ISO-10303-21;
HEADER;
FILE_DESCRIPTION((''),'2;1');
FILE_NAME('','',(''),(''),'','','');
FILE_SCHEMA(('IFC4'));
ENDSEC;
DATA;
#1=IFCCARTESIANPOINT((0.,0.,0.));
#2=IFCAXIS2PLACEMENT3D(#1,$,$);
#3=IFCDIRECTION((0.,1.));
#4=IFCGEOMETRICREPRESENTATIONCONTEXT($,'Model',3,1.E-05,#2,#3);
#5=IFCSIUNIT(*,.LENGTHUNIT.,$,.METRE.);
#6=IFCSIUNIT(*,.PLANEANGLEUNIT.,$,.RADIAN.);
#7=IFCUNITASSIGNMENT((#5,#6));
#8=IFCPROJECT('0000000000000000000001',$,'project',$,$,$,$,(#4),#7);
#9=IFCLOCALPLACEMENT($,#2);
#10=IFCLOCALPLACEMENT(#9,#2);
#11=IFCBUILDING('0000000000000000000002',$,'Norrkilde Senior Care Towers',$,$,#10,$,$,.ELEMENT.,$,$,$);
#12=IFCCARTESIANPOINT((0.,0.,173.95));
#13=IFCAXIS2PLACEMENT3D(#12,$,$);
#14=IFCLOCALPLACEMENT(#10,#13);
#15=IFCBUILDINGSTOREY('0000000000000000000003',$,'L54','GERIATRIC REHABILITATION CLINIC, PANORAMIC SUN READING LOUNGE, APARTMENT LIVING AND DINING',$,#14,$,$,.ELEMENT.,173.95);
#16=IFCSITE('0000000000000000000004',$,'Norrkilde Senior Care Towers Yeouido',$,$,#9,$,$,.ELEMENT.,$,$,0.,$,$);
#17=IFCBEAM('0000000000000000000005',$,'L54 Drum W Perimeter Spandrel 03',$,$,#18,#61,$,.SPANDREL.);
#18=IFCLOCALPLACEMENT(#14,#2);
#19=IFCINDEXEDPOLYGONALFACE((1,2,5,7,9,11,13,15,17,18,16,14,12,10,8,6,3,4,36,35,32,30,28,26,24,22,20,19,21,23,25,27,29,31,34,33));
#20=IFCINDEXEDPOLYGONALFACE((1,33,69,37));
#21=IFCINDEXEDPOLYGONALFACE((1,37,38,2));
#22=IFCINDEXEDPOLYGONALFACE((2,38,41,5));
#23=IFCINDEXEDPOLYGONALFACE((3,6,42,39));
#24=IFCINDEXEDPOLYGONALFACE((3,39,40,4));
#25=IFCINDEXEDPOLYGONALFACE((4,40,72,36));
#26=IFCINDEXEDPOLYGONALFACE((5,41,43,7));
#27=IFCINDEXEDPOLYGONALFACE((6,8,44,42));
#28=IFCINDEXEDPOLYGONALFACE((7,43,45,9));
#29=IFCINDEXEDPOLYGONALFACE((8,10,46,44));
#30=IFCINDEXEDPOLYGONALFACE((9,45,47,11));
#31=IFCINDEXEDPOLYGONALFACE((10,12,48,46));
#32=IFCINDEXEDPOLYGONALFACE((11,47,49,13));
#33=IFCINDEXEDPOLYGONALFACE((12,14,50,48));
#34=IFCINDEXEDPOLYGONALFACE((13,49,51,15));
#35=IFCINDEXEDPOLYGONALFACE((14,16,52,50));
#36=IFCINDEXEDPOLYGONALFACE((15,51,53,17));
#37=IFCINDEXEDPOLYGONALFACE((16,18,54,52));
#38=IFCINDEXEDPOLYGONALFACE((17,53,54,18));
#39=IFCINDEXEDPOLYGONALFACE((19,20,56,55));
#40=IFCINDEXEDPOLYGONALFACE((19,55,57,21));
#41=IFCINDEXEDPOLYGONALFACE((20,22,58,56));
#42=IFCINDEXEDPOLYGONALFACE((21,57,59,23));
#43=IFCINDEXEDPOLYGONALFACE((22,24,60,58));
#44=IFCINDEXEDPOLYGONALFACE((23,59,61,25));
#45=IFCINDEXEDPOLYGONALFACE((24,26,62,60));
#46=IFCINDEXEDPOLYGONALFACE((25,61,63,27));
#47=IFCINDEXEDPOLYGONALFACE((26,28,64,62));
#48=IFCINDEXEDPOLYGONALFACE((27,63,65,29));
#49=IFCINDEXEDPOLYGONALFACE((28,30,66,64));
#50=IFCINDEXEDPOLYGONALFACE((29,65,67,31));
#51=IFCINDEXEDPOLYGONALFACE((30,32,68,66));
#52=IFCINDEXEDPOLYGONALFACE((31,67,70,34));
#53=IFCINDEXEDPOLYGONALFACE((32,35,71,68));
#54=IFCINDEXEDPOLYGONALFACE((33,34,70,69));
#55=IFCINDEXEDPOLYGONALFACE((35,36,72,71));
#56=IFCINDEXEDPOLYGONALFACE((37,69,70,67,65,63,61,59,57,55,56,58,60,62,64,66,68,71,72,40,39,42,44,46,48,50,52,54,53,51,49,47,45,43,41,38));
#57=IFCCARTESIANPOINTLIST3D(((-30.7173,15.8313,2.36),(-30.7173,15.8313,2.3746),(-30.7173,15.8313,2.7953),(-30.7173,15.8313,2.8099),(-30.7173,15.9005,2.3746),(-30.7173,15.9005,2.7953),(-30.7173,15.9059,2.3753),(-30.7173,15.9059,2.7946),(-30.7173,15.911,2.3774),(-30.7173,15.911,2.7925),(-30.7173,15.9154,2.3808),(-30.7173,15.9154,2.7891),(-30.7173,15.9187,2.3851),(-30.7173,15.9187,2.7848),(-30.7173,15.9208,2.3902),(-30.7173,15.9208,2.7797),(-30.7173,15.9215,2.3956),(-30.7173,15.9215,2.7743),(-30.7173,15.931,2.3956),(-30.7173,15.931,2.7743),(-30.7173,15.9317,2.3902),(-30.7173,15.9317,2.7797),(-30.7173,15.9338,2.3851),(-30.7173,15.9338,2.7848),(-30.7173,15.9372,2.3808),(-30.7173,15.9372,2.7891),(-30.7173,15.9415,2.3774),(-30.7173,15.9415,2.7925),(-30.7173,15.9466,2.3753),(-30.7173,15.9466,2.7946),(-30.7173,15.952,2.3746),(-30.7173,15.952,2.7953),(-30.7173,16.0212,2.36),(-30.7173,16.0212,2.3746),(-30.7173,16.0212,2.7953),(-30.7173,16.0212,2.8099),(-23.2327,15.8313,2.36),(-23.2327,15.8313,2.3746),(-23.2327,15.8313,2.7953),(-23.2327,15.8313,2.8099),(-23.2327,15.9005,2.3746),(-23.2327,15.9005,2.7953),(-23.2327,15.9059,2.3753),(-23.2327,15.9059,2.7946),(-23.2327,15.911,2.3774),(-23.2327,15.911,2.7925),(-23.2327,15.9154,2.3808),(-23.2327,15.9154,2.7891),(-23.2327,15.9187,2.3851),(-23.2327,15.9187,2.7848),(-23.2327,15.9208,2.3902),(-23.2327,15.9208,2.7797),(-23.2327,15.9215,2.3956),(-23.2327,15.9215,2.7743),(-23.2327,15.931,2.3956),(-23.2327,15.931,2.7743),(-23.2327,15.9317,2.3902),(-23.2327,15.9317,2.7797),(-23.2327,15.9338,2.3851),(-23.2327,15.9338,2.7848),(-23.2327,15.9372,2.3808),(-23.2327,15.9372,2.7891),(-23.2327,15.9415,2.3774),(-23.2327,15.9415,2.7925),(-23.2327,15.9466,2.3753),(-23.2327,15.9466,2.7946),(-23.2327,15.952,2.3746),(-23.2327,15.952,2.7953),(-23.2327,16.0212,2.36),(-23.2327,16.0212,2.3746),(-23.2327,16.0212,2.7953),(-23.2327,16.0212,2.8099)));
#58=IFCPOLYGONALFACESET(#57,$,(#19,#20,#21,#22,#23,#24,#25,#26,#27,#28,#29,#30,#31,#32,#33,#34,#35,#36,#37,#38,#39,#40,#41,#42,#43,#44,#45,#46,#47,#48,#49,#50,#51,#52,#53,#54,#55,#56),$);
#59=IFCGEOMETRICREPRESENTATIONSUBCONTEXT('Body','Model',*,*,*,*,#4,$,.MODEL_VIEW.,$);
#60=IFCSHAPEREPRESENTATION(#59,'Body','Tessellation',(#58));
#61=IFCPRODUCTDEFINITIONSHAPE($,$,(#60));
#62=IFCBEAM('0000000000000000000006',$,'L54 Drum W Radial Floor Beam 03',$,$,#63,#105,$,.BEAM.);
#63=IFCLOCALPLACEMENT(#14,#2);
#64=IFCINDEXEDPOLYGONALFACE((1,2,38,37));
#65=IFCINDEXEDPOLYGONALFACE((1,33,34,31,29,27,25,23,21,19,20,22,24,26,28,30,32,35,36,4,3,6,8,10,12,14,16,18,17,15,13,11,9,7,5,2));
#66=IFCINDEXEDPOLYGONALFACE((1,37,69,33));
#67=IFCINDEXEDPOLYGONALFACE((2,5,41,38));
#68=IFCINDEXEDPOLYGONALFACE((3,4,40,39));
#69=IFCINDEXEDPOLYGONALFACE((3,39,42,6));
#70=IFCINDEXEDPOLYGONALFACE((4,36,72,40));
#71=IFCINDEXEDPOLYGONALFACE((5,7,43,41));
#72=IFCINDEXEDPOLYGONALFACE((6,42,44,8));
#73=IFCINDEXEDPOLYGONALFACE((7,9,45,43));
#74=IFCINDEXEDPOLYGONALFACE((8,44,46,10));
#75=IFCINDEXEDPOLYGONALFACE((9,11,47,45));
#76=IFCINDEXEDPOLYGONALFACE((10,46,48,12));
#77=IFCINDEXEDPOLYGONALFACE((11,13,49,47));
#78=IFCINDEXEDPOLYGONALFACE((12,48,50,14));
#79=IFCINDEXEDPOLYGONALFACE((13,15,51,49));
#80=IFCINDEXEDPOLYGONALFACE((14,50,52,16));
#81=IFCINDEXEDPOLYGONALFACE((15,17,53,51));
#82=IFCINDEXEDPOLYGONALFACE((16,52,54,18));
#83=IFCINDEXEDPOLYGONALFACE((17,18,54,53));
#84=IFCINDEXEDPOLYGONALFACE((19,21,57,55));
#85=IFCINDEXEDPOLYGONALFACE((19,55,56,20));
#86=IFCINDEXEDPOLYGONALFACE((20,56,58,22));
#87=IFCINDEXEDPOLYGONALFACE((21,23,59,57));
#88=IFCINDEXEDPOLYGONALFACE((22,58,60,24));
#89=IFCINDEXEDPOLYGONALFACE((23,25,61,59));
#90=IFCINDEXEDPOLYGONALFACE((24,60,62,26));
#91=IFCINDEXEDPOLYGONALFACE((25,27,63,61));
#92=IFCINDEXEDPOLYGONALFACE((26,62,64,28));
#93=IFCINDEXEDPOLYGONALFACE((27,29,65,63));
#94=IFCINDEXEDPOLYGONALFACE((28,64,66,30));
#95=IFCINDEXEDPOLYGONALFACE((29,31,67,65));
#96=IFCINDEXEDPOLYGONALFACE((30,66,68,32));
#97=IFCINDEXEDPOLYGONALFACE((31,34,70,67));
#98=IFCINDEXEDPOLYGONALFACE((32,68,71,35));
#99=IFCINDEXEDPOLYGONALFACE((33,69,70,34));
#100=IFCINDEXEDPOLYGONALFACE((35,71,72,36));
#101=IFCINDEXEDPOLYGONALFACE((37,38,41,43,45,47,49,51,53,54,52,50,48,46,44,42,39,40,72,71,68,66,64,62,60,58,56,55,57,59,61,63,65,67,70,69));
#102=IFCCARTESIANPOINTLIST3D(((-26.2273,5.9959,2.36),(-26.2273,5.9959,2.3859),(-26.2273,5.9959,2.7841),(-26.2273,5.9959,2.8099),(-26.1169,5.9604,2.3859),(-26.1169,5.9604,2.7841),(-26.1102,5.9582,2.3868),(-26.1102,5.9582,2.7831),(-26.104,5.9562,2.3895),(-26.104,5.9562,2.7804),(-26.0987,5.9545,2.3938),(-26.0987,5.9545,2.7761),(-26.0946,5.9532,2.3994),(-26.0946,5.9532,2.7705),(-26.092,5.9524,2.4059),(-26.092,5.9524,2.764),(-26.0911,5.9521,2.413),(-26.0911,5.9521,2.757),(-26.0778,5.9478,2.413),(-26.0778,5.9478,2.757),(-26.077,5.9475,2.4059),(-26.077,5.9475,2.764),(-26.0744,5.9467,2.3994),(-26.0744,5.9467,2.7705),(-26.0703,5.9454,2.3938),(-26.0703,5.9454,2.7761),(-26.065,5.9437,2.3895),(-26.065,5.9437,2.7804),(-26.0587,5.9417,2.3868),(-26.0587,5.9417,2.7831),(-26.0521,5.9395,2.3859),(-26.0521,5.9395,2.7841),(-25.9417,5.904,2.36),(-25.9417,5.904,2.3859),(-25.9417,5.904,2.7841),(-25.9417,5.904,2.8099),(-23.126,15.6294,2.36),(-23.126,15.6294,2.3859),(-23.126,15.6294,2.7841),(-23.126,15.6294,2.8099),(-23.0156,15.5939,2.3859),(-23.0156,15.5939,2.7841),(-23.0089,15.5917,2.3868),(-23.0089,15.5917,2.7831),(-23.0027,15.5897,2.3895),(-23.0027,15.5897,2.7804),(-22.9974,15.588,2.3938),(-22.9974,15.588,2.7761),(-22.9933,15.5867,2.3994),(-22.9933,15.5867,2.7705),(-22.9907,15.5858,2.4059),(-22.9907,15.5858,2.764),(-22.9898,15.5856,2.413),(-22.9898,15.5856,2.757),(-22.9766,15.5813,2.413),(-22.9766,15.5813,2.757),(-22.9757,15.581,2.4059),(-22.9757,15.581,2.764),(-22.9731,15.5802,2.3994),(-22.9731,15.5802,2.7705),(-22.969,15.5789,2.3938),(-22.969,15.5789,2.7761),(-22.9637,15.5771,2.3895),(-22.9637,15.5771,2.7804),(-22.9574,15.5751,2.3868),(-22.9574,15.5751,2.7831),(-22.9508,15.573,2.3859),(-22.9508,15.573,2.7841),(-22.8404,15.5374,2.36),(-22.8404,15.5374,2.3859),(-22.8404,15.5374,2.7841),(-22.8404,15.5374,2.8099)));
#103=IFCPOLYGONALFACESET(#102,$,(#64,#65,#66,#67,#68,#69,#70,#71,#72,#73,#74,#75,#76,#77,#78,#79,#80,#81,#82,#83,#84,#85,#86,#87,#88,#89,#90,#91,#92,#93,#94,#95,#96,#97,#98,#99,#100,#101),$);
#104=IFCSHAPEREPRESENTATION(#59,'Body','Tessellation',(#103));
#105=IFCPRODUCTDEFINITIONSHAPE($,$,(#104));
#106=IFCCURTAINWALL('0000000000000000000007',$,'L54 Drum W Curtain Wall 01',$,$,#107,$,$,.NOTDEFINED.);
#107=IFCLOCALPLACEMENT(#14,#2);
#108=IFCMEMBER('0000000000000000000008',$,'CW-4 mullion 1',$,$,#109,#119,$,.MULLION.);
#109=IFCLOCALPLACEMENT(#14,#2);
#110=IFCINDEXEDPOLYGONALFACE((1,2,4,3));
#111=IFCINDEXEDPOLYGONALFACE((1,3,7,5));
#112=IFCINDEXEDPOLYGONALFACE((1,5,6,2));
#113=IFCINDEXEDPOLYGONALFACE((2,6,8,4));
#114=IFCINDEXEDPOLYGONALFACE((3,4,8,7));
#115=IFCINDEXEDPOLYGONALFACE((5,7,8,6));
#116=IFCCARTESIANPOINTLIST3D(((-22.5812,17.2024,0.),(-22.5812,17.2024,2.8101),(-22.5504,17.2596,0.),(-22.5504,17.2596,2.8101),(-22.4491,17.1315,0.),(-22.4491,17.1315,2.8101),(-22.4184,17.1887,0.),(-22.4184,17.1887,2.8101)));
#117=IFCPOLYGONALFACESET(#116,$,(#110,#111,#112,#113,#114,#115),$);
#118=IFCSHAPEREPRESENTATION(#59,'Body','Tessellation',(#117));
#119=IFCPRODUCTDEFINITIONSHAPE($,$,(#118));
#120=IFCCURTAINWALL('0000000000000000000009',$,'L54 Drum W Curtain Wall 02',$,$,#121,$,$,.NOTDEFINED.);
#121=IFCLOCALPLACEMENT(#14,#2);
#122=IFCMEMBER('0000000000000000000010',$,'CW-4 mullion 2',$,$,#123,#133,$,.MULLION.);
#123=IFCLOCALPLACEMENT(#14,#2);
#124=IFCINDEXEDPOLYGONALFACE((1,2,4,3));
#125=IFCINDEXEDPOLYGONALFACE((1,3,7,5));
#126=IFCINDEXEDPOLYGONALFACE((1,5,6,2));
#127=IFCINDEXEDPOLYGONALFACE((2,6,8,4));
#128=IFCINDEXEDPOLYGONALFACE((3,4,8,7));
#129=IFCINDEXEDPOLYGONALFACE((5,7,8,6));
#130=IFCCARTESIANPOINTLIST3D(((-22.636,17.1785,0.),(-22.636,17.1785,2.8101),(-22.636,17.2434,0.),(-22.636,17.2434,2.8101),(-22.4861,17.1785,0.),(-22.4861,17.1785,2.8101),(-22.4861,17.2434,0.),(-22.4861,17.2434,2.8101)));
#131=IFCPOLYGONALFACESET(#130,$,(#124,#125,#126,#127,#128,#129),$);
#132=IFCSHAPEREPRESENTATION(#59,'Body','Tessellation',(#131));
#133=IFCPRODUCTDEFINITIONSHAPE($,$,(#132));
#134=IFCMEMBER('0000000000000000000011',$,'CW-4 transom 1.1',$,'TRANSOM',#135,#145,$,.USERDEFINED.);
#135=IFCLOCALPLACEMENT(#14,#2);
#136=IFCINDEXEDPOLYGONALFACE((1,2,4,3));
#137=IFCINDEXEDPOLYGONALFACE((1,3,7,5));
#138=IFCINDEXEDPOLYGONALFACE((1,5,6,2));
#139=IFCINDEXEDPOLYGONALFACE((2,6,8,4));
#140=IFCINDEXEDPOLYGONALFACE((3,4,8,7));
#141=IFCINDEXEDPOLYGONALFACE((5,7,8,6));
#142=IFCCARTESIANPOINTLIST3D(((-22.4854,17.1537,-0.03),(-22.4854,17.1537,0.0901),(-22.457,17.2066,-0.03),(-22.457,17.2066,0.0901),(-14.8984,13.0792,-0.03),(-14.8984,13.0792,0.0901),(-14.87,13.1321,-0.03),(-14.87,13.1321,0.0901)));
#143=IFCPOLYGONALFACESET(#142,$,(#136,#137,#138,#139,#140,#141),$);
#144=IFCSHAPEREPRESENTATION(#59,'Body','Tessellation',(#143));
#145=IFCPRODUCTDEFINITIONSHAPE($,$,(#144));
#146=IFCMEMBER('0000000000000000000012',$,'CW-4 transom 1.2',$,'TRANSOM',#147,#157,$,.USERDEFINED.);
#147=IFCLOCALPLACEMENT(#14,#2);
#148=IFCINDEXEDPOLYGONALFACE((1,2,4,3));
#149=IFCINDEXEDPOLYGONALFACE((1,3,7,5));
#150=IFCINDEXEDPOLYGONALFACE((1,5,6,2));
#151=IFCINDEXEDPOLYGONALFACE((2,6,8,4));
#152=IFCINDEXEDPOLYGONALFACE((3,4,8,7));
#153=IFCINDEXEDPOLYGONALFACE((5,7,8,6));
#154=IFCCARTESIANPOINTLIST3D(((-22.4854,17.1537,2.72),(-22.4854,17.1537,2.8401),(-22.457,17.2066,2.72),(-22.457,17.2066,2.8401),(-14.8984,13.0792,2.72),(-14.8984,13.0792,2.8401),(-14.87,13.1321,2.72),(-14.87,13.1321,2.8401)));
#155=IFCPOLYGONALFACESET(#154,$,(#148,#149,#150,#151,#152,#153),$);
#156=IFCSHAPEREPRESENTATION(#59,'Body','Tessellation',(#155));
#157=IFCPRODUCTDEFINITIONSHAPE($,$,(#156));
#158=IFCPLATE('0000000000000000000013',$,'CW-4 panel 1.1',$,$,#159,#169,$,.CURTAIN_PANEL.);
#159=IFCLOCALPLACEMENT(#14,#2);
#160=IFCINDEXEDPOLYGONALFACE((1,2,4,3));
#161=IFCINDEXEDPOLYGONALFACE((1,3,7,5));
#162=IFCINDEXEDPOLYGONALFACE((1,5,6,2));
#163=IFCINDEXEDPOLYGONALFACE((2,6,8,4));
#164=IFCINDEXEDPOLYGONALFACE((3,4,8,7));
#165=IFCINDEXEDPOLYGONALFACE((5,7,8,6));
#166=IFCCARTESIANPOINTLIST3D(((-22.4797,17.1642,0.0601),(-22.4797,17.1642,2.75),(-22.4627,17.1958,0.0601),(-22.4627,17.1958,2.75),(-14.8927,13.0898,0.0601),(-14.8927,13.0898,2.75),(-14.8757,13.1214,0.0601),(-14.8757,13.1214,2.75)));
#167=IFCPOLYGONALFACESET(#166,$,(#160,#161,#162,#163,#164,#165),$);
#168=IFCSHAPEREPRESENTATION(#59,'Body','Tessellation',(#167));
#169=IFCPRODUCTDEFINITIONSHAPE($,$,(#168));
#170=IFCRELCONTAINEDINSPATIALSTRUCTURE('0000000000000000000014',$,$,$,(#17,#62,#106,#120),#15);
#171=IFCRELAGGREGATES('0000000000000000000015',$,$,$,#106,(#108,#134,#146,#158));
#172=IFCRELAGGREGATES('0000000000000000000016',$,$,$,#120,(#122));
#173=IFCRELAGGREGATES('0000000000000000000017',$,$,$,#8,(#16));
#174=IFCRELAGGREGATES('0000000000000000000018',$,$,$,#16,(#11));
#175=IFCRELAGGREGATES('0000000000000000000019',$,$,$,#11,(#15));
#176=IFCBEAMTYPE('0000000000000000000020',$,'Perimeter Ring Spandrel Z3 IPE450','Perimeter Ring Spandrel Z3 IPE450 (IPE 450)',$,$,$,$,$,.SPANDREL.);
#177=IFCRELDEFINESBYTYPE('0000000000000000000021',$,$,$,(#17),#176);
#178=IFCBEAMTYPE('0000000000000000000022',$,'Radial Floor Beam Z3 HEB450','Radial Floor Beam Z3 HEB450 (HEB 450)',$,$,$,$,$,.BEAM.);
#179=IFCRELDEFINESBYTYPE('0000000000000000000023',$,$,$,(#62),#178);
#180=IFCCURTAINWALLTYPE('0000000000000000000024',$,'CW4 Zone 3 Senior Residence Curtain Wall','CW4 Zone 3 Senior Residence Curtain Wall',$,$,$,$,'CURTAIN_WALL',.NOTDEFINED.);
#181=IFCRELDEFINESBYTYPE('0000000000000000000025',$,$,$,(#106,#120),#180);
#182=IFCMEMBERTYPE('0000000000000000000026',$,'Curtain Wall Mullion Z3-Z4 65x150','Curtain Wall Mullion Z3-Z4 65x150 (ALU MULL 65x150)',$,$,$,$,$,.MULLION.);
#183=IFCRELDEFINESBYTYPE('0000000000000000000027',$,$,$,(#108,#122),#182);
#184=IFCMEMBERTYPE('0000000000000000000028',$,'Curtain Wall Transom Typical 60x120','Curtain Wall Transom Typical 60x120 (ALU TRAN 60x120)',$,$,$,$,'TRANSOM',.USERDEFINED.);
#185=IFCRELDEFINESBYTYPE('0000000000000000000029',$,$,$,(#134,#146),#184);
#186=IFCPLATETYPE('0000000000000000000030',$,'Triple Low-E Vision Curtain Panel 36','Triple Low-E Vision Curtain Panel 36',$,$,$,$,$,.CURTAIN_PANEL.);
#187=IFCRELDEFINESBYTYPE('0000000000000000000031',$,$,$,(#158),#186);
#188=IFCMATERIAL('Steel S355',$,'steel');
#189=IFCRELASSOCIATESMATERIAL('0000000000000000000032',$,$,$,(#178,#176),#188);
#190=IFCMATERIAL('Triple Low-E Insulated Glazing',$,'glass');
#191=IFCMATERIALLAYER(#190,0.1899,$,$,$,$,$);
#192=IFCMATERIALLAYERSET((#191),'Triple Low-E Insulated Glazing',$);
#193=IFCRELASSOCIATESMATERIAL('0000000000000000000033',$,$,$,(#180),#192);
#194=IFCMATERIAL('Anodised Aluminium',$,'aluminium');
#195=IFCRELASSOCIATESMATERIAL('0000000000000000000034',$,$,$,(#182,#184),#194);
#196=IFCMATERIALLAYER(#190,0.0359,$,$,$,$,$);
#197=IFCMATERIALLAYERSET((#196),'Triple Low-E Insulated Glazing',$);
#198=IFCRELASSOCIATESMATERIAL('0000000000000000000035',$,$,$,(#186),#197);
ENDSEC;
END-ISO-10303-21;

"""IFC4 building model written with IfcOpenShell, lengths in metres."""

from ifc_helpers import new_model, si_unit, direction, frame, origin, origin_2d, place, context, subcontext, project, spatial, rectangle, i_section, extrude, source, transform, mapped, material, layer, layer_set, material_profile, profile_set, type_object, type_shapes, element, aggregate, save


model = new_model("IFC4")

# Units and contexts
model_context = context("Model", 3, precision=1e-05, world=origin(), true_north=direction((0.0, 1.0)))
body_context = subcontext(model_context, "Body", "Model", "MODEL_VIEW")
ifc_project = project(units=[si_unit("LENGTHUNIT", "METRE"), si_unit("PLANEANGLEUNIT", "RADIAN")], contexts=[model_context])

# Site, building, storey
site_placement = place(None, origin())
site = spatial("IfcSite", under=ifc_project, at=site_placement, Name="Norrkilde Senior Care Towers Yeouido", CompositionType="ELEMENT", RefElevation=0.0)
building_placement = place(site_placement, origin())
building = spatial("IfcBuilding", under=site, at=building_placement, Name="Norrkilde Senior Care Towers", CompositionType="ELEMENT")
storey_placement = place(building_placement, frame((0.0, 0.0, 173.95)))
storey = spatial("IfcBuildingStorey", under=building, at=storey_placement, Name="L54", Description="GERIATRIC REHABILITATION CLINIC, PANORAMIC SUN READING LOUNGE, APARTMENT LIVING AND DINING", CompositionType="ELEMENT", Elevation=173.95)

# Beams
ifc_material_1 = material(Name="Steel S355", Category="steel")
ifc_material_profile_1 = material_profile(ifc_material_1, i_section(OverallWidth=0.3, OverallDepth=0.45, WebThickness=0.0139, FlangeThickness=0.0259, FilletRadius=0.0271, at=origin_2d()), Name="HEB 450")
ifc_profile_set_1 = profile_set([ifc_material_profile_1], Name="Steel S355")
beam_type_1 = type_object("IfcBeamType", Name="Radial Floor Beam Z3 HEB450", Description="Radial Floor Beam Z3 HEB450 (HEB 450)", PredefinedType="BEAM", material=ifc_profile_set_1)
ifc_material_profile_2 = material_profile(ifc_material_1, i_section(OverallWidth=0.1899, OverallDepth=0.45, WebThickness=0.0095, FlangeThickness=0.0146, FilletRadius=0.021, at=origin_2d()), Name="IPE 450")
ifc_profile_set_2 = profile_set([ifc_material_profile_2], Name="Steel S355")
beam_type_2 = type_object("IfcBeamType", Name="Perimeter Ring Spandrel Z3 IPE450", Description="Perimeter Ring Spandrel Z3 IPE450 (IPE 450)", PredefinedType="SPANDREL", material=ifc_profile_set_2)
shared_shape_1 = source(origin(), body_context, "Body", "SweptSolid", [
    extrude(i_section(OverallWidth=0.1899, OverallDepth=0.45, WebThickness=0.0095, FlangeThickness=0.0146, FilletRadius=0.021, at=origin_2d()), origin(), (0.0, 0.0, 1.0), 7.4846),
])
type_shapes(beam_type_2, [shared_shape_1])
beam_1_placement = place(storey_placement, frame((-23.2327, 15.9263, 2.585), z_axis=(-1.0, 0.0, 0.0), x_axis=(0.0, -1.0, 0.0)))
element("IfcBeam", 1, at=beam_1_placement, inside=storey, type_object=beam_type_2, Name="L54 Drum W Perimeter Spandrel 03", PredefinedType="SPANDREL", context=body_context, shape_type="MappedRepresentation", body=[
    mapped(shared_shape_1, transform((0.0, 0.0, 0.0), x_axis=(1.0, 0.0, 0.0), y_axis=(0.0, 1.0, 0.0), z_axis=(0.0, 0.0, 1.0), scale=1.0)),
])
shared_shape_2 = source(origin(), body_context, "Body", "SweptSolid", [
    extrude(i_section(OverallWidth=0.3, OverallDepth=0.45, WebThickness=0.0139, FlangeThickness=0.0259, FilletRadius=0.0271, at=origin_2d()), origin(), (0.0, 0.0, 1.0), 10.1204),
])
beam_2_placement = place(storey_placement, frame((-26.0845, 5.95, 2.585), z_axis=(0.306441, 0.95189, 0.0), x_axis=(-0.95189, 0.306441, 0.0)))
element("IfcBeam", 2, at=beam_2_placement, inside=storey, type_object=beam_type_1, Name="L54 Drum W Radial Floor Beam 03", PredefinedType="BEAM", context=body_context, shape_type="MappedRepresentation", body=[
    mapped(shared_shape_2, transform((0.0, 0.0, 0.0), x_axis=(1.0, 0.0, 0.0), y_axis=(0.0, 1.0, 0.0), z_axis=(0.0, 0.0, 1.0), scale=1.0)),
])

# Curtain walls, members
ifc_material_2 = material(Name="Triple Low-E Insulated Glazing", Category="glass")
ifc_layer_1 = layer(ifc_material_2, 0.1899)
ifc_layer_set_1 = layer_set([ifc_layer_1], Name="Triple Low-E Insulated Glazing")
curtain_wall_type = type_object("IfcCurtainWallType", Name="CW4 Zone 3 Senior Residence Curtain Wall", Description="CW4 Zone 3 Senior Residence Curtain Wall", ElementType="CURTAIN_WALL", PredefinedType="NOTDEFINED", material=ifc_layer_set_1)
curtain_wall_1_placement = place(storey_placement, origin())
curtain_wall_1 = element("IfcCurtainWall", 3, at=curtain_wall_1_placement, inside=storey, type_object=curtain_wall_type, Name="L54 Drum W Curtain Wall 01", PredefinedType="NOTDEFINED")
ifc_material_3 = material(Name="Anodised Aluminium", Category="aluminium")
ifc_material_profile_3 = material_profile(ifc_material_3, rectangle(XDim=0.0649, YDim=0.1499, at=origin_2d()), Name="ALU MULL 65x150")
ifc_profile_set_3 = profile_set([ifc_material_profile_3], Name="Anodised Aluminium")
member_type_1 = type_object("IfcMemberType", Name="Curtain Wall Mullion Z3-Z4 65x150", Description="Curtain Wall Mullion Z3-Z4 65x150 (ALU MULL 65x150)", PredefinedType="MULLION", material=ifc_profile_set_3)
shared_shape_3 = source(origin(), body_context, "Body", "SweptSolid", [
    extrude(rectangle(XDim=0.0649, YDim=0.1499, at=origin_2d()), origin(), (0.0, 0.0, 1.0), 2.8101),
])
type_shapes(member_type_1, [shared_shape_3])
member_1_placement = place(storey_placement, frame((-22.4998, 17.1956, 0.0), z_axis=(0.0, 0.0, 1.0), x_axis=(0.473117, 0.881, 0.0)))
member_1 = element("IfcMember", 4, at=member_1_placement, type_object=member_type_1, Name="CW-4 mullion 1", PredefinedType="MULLION", context=body_context, shape_type="MappedRepresentation", body=[
    mapped(shared_shape_3, transform((0.0, 0.0, 0.0), x_axis=(1.0, 0.0, 0.0), y_axis=(0.0, 1.0, 0.0), z_axis=(0.0, 0.0, 1.0), scale=1.0)),
])
curtain_wall_2_placement = place(storey_placement, origin())
curtain_wall_2 = element("IfcCurtainWall", 5, at=curtain_wall_2_placement, inside=storey, type_object=curtain_wall_type, Name="L54 Drum W Curtain Wall 02", PredefinedType="NOTDEFINED")
member_2_placement = place(storey_placement, frame((-22.561, 17.2109, 0.0), z_axis=(0.0, 0.0, 1.0), x_axis=(0.0, 1.0, 0.0)))
member_2 = element("IfcMember", 6, at=member_2_placement, type_object=member_type_1, Name="CW-4 mullion 2", PredefinedType="MULLION", context=body_context, shape_type="MappedRepresentation", body=[
    mapped(shared_shape_3, transform((0.0, 0.0, 0.0), x_axis=(1.0, 0.0, 0.0), y_axis=(0.0, 1.0, 0.0), z_axis=(0.0, 0.0, 1.0), scale=1.0)),
])

# Members
ifc_material_profile_4 = material_profile(ifc_material_3, rectangle(XDim=0.0601, YDim=0.1201, at=origin_2d()), Name="ALU TRAN 60x120")
ifc_profile_set_4 = profile_set([ifc_material_profile_4], Name="Anodised Aluminium")
member_type_2 = type_object("IfcMemberType", Name="Curtain Wall Transom Typical 60x120", Description="Curtain Wall Transom Typical 60x120 (ALU TRAN 60x120)", ElementType="TRANSOM", PredefinedType="USERDEFINED", material=ifc_profile_set_4)
shared_shape_4 = source(origin(), body_context, "Body", "SweptSolid", [
    extrude(rectangle(XDim=0.0601, YDim=0.1201, at=origin_2d()), origin(), (0.0, 0.0, 1.0), 8.6118),
])
type_shapes(member_type_2, [shared_shape_4])
member_3_placement = place(storey_placement, frame((-22.4712, 17.1802, 0.03), z_axis=(0.880994, -0.473127, 0.0), x_axis=(0.473127, 0.880994, 0.0)))
member_3 = element("IfcMember", 7, at=member_3_placement, type_object=member_type_2, Name="CW-4 transom 1.1", ObjectType="TRANSOM", PredefinedType="USERDEFINED", context=body_context, shape_type="MappedRepresentation", body=[
    mapped(shared_shape_4, transform((0.0, 0.0, 0.0), x_axis=(1.0, 0.0, 0.0), y_axis=(0.0, 1.0, 0.0), z_axis=(0.0, 0.0, 1.0), scale=1.0)),
])
member_4_placement = place(storey_placement, frame((-22.4712, 17.1802, 2.78), z_axis=(0.880994, -0.473127, 0.0), x_axis=(0.473127, 0.880994, 0.0)))
member_4 = element("IfcMember", 8, at=member_4_placement, type_object=member_type_2, Name="CW-4 transom 1.2", ObjectType="TRANSOM", PredefinedType="USERDEFINED", context=body_context, shape_type="MappedRepresentation", body=[
    mapped(shared_shape_4, transform((0.0, 0.0, 0.0), x_axis=(1.0, 0.0, 0.0), y_axis=(0.0, 1.0, 0.0), z_axis=(0.0, 0.0, 1.0), scale=1.0)),
])

# Plate
ifc_layer_2 = layer(ifc_material_2, 0.0359)
ifc_layer_set_2 = layer_set([ifc_layer_2], Name="Triple Low-E Insulated Glazing")
plate_type = type_object("IfcPlateType", Name="Triple Low-E Vision Curtain Panel 36", Description="Triple Low-E Vision Curtain Panel 36", PredefinedType="CURTAIN_PANEL", material=ifc_layer_set_2)
shared_shape_5 = source(origin(), body_context, "Body", "SweptSolid", [
    extrude(rectangle(XDim=8.6118, YDim=0.0359, at=origin_2d()), origin(), (0.0, 0.0, 1.0), 2.6899),
])
plate_1_placement = place(storey_placement, frame((-18.6777, 15.1428, 0.0601), z_axis=(0.0, 0.0, 1.0), x_axis=(0.881, -0.473117, 0.0)))
plate_1 = element("IfcPlate", 9, at=plate_1_placement, type_object=plate_type, Name="CW-4 panel 1.1", PredefinedType="CURTAIN_PANEL", context=body_context, shape_type="MappedRepresentation", body=[
    mapped(shared_shape_5, transform((0.0, 0.0, 0.0), x_axis=(1.0, 0.0, 0.0), y_axis=(0.0, 1.0, 0.0), z_axis=(0.0, 0.0, 1.0), scale=1.0)),
])
aggregate(curtain_wall_1, [member_1, member_3, member_4, plate_1])
aggregate(curtain_wall_2, [member_2])

save(model, "model.ifc")
